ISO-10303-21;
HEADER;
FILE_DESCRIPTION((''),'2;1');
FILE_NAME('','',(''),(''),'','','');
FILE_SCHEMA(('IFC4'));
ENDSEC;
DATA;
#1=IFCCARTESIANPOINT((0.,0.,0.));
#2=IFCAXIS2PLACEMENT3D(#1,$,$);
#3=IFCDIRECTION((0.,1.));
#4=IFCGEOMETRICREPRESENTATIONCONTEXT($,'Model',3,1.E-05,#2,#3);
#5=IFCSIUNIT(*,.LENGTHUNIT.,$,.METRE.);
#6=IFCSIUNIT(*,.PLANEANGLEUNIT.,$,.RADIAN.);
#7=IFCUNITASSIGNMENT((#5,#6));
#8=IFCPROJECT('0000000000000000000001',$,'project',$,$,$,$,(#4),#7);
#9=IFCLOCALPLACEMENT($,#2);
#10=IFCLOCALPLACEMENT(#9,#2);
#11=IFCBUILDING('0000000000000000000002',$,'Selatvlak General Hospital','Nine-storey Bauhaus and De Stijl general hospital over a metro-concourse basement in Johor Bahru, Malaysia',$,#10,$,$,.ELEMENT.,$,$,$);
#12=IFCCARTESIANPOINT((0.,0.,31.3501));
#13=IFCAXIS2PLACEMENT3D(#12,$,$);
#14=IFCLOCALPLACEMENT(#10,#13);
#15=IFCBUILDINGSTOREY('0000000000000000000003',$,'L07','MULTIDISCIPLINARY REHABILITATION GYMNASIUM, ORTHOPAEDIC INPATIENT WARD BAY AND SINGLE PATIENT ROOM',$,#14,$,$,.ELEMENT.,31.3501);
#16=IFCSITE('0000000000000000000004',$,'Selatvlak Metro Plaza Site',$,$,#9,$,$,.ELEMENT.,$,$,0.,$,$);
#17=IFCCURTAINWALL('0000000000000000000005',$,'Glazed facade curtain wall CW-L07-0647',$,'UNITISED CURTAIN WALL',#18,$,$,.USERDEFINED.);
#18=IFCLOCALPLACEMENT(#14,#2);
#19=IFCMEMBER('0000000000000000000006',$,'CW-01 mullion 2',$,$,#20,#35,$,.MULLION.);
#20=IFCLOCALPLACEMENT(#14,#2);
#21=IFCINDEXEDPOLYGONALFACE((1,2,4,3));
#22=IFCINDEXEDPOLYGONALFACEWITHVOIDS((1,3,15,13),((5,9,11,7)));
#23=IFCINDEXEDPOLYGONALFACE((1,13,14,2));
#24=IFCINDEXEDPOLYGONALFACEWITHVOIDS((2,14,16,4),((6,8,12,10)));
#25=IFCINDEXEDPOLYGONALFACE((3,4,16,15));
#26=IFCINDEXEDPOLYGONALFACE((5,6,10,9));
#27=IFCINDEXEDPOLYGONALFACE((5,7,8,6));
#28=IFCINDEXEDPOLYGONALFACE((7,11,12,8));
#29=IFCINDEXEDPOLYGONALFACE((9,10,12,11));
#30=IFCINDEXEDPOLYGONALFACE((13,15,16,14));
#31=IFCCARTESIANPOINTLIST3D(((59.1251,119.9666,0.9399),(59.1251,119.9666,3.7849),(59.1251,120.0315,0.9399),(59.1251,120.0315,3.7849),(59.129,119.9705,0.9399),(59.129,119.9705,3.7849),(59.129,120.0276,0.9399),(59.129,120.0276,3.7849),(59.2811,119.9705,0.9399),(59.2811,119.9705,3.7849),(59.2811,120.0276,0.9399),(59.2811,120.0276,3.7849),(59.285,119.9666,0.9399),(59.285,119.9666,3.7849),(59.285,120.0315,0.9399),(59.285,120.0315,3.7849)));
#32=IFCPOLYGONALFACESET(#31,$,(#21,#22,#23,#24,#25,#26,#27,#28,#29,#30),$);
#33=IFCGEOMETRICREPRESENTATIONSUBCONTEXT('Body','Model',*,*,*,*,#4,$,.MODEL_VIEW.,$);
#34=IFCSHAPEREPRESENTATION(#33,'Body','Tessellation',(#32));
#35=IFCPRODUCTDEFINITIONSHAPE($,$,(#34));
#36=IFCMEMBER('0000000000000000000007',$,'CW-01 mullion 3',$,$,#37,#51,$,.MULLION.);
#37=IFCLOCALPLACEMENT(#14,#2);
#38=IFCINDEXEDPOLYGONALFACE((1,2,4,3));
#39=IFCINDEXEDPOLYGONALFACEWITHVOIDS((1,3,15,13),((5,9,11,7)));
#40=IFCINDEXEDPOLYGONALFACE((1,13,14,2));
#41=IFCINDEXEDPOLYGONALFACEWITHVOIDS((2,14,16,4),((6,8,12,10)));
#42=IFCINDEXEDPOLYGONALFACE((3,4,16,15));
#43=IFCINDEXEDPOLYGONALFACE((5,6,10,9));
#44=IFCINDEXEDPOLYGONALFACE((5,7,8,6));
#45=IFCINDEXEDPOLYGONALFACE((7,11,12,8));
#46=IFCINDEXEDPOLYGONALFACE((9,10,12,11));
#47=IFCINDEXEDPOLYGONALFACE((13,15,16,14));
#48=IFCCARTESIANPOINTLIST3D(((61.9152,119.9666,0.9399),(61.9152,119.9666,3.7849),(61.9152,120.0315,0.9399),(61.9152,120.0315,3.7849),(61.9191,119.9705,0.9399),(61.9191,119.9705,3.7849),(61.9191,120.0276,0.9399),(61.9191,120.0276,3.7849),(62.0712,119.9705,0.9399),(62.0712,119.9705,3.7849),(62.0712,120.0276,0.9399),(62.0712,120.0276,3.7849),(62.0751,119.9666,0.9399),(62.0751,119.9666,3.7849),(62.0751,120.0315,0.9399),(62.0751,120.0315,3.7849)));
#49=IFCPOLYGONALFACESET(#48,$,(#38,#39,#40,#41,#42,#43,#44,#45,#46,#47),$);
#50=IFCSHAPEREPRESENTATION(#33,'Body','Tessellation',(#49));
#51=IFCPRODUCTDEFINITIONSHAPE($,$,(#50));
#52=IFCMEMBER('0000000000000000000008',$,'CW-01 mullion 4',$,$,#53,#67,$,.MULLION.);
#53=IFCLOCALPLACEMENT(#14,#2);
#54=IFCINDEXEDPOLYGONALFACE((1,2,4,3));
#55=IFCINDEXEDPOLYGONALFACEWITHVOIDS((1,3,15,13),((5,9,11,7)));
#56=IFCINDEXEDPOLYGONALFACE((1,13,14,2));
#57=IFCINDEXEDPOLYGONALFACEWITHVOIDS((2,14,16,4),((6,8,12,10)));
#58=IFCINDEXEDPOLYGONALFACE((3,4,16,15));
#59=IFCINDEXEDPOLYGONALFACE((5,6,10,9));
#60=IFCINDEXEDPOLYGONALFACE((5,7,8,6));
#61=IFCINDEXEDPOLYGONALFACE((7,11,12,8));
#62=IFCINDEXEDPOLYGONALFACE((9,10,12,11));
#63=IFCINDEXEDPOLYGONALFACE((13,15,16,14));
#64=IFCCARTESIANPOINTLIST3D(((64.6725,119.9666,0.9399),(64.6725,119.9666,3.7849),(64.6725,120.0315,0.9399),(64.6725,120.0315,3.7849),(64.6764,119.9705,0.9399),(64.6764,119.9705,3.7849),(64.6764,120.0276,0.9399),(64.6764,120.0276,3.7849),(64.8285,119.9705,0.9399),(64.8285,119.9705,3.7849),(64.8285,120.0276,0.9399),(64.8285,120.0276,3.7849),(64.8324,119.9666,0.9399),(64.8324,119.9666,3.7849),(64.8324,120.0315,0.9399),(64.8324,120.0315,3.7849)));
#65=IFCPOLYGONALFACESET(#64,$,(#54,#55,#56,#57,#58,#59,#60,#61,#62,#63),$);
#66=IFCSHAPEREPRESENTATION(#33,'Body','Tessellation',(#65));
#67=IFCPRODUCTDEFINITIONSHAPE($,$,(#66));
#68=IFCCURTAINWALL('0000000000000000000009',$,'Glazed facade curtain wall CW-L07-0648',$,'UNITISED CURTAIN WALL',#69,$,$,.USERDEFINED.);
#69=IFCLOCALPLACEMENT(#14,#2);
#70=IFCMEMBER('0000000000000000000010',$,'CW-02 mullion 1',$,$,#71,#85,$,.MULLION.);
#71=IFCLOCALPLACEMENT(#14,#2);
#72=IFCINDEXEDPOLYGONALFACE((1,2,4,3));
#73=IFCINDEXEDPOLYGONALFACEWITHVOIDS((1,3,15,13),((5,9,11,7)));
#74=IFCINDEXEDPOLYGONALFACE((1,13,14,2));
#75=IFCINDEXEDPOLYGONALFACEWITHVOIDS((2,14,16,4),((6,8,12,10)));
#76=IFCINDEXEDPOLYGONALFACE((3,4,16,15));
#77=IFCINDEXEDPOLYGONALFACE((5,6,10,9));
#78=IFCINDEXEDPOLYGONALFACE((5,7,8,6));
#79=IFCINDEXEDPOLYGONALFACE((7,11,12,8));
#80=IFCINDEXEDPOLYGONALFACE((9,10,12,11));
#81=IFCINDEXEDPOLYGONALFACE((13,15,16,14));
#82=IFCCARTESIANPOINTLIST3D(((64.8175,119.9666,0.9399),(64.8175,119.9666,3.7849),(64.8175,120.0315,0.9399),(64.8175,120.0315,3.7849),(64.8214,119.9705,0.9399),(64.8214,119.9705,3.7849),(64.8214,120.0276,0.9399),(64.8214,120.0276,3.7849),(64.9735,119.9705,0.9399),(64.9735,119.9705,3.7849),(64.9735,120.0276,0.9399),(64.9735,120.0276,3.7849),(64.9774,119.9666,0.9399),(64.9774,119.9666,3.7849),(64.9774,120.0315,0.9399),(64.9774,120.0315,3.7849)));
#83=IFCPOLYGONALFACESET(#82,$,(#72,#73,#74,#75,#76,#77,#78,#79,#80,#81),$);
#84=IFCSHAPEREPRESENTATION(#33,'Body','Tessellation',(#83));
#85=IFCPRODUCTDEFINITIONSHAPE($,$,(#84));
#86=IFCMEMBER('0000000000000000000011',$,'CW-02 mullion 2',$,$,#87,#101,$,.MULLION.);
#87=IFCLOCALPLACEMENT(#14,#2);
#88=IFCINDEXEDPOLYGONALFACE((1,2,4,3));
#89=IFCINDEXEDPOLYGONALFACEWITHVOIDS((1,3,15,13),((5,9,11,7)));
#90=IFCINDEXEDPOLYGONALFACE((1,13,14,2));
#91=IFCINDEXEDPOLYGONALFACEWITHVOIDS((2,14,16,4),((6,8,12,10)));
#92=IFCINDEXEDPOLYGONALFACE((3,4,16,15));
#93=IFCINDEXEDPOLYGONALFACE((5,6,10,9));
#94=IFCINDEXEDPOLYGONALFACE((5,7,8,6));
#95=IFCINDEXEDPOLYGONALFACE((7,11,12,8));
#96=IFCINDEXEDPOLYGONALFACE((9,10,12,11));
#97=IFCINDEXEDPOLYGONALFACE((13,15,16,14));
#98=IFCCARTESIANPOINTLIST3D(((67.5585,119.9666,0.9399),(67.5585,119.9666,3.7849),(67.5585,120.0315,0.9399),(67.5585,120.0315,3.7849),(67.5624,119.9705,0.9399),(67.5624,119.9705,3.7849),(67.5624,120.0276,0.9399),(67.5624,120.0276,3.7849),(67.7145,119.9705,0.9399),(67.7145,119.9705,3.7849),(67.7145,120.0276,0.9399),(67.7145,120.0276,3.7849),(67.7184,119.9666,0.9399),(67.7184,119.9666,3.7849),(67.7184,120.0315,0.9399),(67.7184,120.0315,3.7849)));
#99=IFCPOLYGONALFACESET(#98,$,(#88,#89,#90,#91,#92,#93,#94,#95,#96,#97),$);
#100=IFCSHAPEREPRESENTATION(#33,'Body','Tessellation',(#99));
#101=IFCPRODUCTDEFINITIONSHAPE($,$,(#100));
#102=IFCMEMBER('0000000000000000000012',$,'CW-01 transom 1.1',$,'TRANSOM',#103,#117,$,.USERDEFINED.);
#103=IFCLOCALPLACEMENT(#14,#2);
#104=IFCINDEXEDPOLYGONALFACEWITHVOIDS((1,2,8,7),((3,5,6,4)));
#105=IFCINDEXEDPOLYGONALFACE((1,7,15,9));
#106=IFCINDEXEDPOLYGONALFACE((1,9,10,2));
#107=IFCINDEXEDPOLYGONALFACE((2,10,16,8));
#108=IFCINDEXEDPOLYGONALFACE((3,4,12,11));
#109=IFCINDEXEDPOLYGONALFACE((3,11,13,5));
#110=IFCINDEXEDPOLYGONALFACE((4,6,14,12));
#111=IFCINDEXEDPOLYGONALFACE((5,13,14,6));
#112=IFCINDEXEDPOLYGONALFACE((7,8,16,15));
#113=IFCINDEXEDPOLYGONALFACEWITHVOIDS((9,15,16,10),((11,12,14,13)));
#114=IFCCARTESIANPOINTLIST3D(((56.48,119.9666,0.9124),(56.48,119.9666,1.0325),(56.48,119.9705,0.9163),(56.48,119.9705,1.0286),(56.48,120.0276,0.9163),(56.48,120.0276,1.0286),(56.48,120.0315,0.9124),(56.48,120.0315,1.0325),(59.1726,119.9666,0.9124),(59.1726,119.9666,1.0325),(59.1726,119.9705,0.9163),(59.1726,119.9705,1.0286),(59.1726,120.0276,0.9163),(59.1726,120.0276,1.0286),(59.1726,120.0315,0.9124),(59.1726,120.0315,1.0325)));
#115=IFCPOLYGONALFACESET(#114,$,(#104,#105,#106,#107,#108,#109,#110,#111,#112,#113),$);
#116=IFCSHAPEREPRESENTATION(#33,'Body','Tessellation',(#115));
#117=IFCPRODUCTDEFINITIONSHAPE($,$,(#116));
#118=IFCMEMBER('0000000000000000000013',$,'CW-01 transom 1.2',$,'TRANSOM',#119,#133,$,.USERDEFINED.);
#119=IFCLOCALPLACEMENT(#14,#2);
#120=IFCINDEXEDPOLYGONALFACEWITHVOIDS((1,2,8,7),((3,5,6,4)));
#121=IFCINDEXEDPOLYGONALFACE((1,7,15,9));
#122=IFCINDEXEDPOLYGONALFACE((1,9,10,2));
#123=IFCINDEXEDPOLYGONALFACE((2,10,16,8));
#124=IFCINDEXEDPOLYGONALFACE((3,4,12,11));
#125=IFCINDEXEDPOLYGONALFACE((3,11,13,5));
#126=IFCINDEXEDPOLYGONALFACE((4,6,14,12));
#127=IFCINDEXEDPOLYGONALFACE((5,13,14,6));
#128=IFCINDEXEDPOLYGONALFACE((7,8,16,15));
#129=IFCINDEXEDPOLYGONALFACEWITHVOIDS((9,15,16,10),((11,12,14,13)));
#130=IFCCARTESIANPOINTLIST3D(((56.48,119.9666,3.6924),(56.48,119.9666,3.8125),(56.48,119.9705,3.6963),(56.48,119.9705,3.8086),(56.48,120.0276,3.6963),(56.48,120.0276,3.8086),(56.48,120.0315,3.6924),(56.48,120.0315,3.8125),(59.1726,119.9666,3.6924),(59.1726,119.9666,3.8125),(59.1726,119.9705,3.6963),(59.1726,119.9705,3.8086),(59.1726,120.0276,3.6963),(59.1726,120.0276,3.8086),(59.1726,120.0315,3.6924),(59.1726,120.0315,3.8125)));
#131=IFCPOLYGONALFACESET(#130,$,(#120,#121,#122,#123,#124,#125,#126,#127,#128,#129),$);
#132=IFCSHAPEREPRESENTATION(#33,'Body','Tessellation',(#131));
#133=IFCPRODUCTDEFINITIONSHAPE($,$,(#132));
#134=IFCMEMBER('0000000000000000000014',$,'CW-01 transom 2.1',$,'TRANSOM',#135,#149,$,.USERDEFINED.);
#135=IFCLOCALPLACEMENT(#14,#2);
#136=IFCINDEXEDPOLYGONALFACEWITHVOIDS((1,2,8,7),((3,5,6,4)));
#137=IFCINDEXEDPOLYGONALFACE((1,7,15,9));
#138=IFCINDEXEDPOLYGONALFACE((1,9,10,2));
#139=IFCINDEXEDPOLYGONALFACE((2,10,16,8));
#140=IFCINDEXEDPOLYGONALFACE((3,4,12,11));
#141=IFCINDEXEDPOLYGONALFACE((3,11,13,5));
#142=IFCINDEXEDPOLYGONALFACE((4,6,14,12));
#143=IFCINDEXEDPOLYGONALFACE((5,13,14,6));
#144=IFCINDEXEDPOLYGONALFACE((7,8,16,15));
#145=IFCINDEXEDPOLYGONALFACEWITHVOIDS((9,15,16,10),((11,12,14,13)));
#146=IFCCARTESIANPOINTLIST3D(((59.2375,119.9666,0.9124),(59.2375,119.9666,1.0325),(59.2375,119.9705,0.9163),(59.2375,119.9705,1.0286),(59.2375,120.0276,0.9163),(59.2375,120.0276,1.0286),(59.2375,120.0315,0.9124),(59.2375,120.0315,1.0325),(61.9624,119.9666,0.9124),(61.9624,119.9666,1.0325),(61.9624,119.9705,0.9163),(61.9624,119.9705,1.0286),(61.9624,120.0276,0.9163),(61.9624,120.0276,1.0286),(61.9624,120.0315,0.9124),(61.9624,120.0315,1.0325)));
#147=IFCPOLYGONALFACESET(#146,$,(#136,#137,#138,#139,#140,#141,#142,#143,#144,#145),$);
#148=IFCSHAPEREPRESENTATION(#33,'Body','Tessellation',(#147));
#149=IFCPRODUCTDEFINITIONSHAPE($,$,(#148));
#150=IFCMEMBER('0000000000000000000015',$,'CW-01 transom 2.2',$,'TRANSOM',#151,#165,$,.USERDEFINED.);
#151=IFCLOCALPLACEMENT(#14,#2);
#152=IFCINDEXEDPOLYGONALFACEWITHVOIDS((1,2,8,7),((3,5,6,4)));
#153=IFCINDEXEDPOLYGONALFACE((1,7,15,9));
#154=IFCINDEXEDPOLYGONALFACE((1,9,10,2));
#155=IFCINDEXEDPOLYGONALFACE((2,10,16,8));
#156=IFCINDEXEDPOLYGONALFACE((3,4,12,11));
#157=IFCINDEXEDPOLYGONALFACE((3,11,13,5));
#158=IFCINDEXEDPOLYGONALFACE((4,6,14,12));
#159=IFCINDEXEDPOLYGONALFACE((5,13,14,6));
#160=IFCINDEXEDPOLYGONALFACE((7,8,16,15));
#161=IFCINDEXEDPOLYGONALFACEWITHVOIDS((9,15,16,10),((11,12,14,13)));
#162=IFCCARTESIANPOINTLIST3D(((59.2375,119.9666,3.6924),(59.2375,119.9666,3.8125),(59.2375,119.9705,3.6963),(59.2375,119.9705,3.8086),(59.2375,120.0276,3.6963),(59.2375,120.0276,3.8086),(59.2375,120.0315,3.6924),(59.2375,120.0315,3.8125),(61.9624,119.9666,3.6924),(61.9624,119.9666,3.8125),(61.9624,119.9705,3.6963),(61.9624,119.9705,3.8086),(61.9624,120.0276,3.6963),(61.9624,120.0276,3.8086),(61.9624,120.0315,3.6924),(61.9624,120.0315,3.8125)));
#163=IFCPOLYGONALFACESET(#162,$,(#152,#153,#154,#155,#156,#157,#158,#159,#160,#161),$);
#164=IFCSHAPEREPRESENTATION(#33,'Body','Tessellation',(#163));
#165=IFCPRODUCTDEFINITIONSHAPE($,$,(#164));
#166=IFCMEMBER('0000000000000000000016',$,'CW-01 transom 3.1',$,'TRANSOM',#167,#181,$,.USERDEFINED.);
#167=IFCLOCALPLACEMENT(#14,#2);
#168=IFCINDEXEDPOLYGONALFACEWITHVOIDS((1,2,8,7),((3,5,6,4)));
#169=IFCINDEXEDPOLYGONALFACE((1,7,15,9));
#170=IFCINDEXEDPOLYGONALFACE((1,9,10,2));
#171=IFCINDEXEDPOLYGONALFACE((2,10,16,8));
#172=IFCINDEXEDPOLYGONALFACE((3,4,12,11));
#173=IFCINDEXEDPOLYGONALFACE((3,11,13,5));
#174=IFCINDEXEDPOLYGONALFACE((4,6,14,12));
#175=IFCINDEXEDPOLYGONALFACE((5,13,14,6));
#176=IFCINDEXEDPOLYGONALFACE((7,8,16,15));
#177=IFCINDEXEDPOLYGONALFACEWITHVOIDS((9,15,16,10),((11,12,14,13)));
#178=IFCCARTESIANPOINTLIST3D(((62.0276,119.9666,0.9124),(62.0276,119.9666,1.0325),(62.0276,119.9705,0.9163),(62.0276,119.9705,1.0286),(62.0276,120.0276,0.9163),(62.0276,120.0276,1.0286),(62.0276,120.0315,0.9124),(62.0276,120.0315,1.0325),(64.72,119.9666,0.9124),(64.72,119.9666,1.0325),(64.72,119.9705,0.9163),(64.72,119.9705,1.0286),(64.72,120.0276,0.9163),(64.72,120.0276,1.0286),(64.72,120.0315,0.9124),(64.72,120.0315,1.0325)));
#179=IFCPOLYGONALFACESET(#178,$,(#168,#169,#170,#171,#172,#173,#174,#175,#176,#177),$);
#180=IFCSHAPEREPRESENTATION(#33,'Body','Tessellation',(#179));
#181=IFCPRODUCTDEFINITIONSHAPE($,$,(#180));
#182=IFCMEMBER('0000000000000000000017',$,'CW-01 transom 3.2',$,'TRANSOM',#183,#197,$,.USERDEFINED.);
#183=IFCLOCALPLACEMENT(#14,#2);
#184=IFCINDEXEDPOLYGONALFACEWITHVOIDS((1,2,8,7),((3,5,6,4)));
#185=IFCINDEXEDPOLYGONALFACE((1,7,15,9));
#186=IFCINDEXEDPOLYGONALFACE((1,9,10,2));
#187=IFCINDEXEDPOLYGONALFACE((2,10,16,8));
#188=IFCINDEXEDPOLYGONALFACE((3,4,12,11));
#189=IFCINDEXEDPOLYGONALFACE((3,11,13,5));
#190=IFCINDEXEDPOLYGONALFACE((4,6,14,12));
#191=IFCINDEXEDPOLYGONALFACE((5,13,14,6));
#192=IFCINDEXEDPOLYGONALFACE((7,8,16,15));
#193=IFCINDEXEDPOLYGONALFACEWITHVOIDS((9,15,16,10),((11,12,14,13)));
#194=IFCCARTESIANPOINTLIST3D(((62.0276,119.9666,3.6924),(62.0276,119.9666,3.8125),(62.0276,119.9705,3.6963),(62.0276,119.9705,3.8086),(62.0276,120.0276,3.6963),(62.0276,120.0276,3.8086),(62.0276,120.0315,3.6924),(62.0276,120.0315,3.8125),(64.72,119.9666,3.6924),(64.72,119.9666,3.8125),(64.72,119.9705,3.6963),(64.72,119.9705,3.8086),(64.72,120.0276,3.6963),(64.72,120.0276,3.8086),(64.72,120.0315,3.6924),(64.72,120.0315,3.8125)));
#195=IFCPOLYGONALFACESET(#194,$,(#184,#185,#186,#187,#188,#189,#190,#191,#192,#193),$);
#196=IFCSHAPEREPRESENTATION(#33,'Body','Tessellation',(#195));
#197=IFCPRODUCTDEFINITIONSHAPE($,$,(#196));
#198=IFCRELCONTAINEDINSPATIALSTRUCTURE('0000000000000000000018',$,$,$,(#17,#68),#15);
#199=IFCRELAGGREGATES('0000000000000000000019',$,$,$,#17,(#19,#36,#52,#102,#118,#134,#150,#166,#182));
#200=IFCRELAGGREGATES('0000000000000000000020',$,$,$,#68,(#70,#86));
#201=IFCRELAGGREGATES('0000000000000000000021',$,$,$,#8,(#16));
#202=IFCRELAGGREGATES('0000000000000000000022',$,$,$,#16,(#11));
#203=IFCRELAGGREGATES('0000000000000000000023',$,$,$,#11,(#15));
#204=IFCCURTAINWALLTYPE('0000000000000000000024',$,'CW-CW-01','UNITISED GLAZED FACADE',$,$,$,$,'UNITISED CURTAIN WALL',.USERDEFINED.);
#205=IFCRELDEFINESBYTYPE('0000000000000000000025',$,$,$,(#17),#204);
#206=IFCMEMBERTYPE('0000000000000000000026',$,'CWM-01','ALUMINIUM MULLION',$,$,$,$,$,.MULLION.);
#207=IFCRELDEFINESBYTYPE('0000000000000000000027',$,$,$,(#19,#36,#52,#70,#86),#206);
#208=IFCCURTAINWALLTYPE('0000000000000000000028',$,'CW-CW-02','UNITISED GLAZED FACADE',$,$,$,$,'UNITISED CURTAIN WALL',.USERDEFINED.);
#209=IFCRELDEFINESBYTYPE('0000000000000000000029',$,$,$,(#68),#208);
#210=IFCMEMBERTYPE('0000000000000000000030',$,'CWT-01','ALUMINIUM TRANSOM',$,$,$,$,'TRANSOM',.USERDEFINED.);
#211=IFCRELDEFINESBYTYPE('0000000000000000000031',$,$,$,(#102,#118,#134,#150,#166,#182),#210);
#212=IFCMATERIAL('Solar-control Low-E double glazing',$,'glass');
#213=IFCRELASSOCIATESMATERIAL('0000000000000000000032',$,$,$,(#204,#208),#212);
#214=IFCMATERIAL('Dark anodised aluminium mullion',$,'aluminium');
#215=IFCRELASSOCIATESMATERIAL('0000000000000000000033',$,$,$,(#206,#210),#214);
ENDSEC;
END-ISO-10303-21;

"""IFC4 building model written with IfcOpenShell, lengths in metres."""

from ifc_helpers import new_model, si_unit, direction, frame, origin, origin_2d, place, context, subcontext, project, spatial, hollow_rectangle, extrude, material, material_profile, profile_set, type_object, element, aggregate, save


model = new_model("IFC4")

# Units and contexts
model_context = context("Model", 3, precision=1e-05, world=origin(), true_north=direction((0.0, 1.0)))
body_context = subcontext(model_context, "Body", "Model", "MODEL_VIEW")
ifc_project = project(units=[si_unit("LENGTHUNIT", "METRE"), si_unit("PLANEANGLEUNIT", "RADIAN")], contexts=[model_context])

# Site, building, storey
site_placement = place(None, origin())
site = spatial("IfcSite", under=ifc_project, at=site_placement, Name="Selatvlak Metro Plaza Site", CompositionType="ELEMENT", RefElevation=0.0)
building_placement = place(site_placement, origin())
building = spatial("IfcBuilding", under=site, at=building_placement, Name="Selatvlak General Hospital", Description="Nine-storey Bauhaus and De Stijl general hospital over a metro-concourse basement in Johor Bahru, Malaysia", CompositionType="ELEMENT")
storey_placement = place(building_placement, frame((0.0, 0.0, 31.3501)))
storey = spatial("IfcBuildingStorey", under=building, at=storey_placement, Name="L07", Description="MULTIDISCIPLINARY REHABILITATION GYMNASIUM, ORTHOPAEDIC INPATIENT WARD BAY AND SINGLE PATIENT ROOM", CompositionType="ELEMENT", Elevation=31.3501)

# Curtain walls, members
ifc_material_1 = material(Name="Solar-control Low-E double glazing", Category="glass")
curtain_wall_type_1 = type_object("IfcCurtainWallType", Name="CW-CW-01", Description="UNITISED GLAZED FACADE", ElementType="UNITISED CURTAIN WALL", PredefinedType="USERDEFINED", material=ifc_material_1)
curtain_wall_1_placement = place(storey_placement, origin())
curtain_wall_1 = element("IfcCurtainWall", 1, at=curtain_wall_1_placement, inside=storey, type_object=curtain_wall_type_1, Name="Glazed facade curtain wall CW-L07-0647", ObjectType="UNITISED CURTAIN WALL", PredefinedType="USERDEFINED")
ifc_material_2 = material(Name="Dark anodised aluminium mullion", Category="aluminium")
ifc_material_profile_1 = material_profile(ifc_material_2, hollow_rectangle(XDim=0.0649, YDim=0.1599, WallThickness=0.0039, at=origin_2d()), Name="AL-MUL 65x160x4")
ifc_profile_set_1 = profile_set([ifc_material_profile_1], Name="Dark anodised aluminium mullion")
member_type_1 = type_object("IfcMemberType", Name="CWM-01", Description="ALUMINIUM MULLION", PredefinedType="MULLION", material=ifc_profile_set_1)
member_1_placement = place(storey_placement, frame((59.2051, 119.999, 0.9399), z_axis=(0.0, 0.0, 1.0), x_axis=(0.0, 1.0, 0.0)))
member_1 = element("IfcMember", 2, at=member_1_placement, type_object=member_type_1, Name="CW-01 mullion 2", PredefinedType="MULLION", context=body_context, shape_type="SweptSolid", body=[
    extrude(hollow_rectangle(XDim=0.0649, YDim=0.1599, WallThickness=0.0039, at=origin_2d()), origin(), (0.0, 0.0, 1.0), 2.845),
])
member_2_placement = place(storey_placement, frame((61.9951, 119.999, 0.9399), z_axis=(0.0, 0.0, 1.0), x_axis=(0.0, 1.0, 0.0)))
member_2 = element("IfcMember", 3, at=member_2_placement, type_object=member_type_1, Name="CW-01 mullion 3", PredefinedType="MULLION", context=body_context, shape_type="SweptSolid", body=[
    extrude(hollow_rectangle(XDim=0.0649, YDim=0.1599, WallThickness=0.0039, at=origin_2d()), origin(), (0.0, 0.0, 1.0), 2.845),
])
member_3_placement = place(storey_placement, frame((64.7524, 119.999, 0.9399), z_axis=(0.0, 0.0, 1.0), x_axis=(0.0, 1.0, 0.0)))
member_3 = element("IfcMember", 4, at=member_3_placement, type_object=member_type_1, Name="CW-01 mullion 4", PredefinedType="MULLION", context=body_context, shape_type="SweptSolid", body=[
    extrude(hollow_rectangle(XDim=0.0649, YDim=0.1599, WallThickness=0.0039, at=origin_2d()), origin(), (0.0, 0.0, 1.0), 2.845),
])
curtain_wall_type_2 = type_object("IfcCurtainWallType", Name="CW-CW-02", Description="UNITISED GLAZED FACADE", ElementType="UNITISED CURTAIN WALL", PredefinedType="USERDEFINED", material=ifc_material_1)
curtain_wall_2_placement = place(storey_placement, origin())
curtain_wall_2 = element("IfcCurtainWall", 5, at=curtain_wall_2_placement, inside=storey, type_object=curtain_wall_type_2, Name="Glazed facade curtain wall CW-L07-0648", ObjectType="UNITISED CURTAIN WALL", PredefinedType="USERDEFINED")
member_4_placement = place(storey_placement, frame((64.8975, 119.999, 0.9399), z_axis=(0.0, 0.0, 1.0), x_axis=(0.0, 1.0, 0.0)))
member_4 = element("IfcMember", 6, at=member_4_placement, type_object=member_type_1, Name="CW-02 mullion 1", PredefinedType="MULLION", context=body_context, shape_type="SweptSolid", body=[
    extrude(hollow_rectangle(XDim=0.0649, YDim=0.1599, WallThickness=0.0039, at=origin_2d()), origin(), (0.0, 0.0, 1.0), 2.845),
])
member_5_placement = place(storey_placement, frame((67.6384, 119.999, 0.9399), z_axis=(0.0, 0.0, 1.0), x_axis=(0.0, 1.0, 0.0)))
member_5 = element("IfcMember", 7, at=member_5_placement, type_object=member_type_1, Name="CW-02 mullion 2", PredefinedType="MULLION", context=body_context, shape_type="SweptSolid", body=[
    extrude(hollow_rectangle(XDim=0.0649, YDim=0.1599, WallThickness=0.0039, at=origin_2d()), origin(), (0.0, 0.0, 1.0), 2.845),
])

# Members
ifc_material_profile_2 = material_profile(ifc_material_2, hollow_rectangle(XDim=0.0649, YDim=0.1201, WallThickness=0.0039, at=origin_2d()), Name="AL-TRN 65x120x4")
ifc_profile_set_2 = profile_set([ifc_material_profile_2], Name="Dark anodised aluminium mullion")
member_type_2 = type_object("IfcMemberType", Name="CWT-01", Description="ALUMINIUM TRANSOM", ElementType="TRANSOM", PredefinedType="USERDEFINED", material=ifc_profile_set_2)
member_6_placement = place(storey_placement, frame((56.48, 119.999, 0.9724), z_axis=(1.0, 0.0, 0.0), x_axis=(0.0, 1.0, 0.0)))
member_6 = element("IfcMember", 8, at=member_6_placement, type_object=member_type_2, Name="CW-01 transom 1.1", ObjectType="TRANSOM", PredefinedType="USERDEFINED", context=body_context, shape_type="SweptSolid", body=[
    extrude(hollow_rectangle(XDim=0.0649, YDim=0.1201, WallThickness=0.0039, at=origin_2d()), origin(), (0.0, 0.0, 1.0), 2.6926),
])
member_7_placement = place(storey_placement, frame((56.48, 119.999, 3.7524), z_axis=(1.0, 0.0, 0.0), x_axis=(0.0, 1.0, 0.0)))
member_7 = element("IfcMember", 9, at=member_7_placement, type_object=member_type_2, Name="CW-01 transom 1.2", ObjectType="TRANSOM", PredefinedType="USERDEFINED", context=body_context, shape_type="SweptSolid", body=[
    extrude(hollow_rectangle(XDim=0.0649, YDim=0.1201, WallThickness=0.0039, at=origin_2d()), origin(), (0.0, 0.0, 1.0), 2.6926),
])
member_8_placement = place(storey_placement, frame((59.2375, 119.999, 0.9724), z_axis=(1.0, 0.0, 0.0), x_axis=(0.0, 1.0, 0.0)))
member_8 = element("IfcMember", 10, at=member_8_placement, type_object=member_type_2, Name="CW-01 transom 2.1", ObjectType="TRANSOM", PredefinedType="USERDEFINED", context=body_context, shape_type="SweptSolid", body=[
    extrude(hollow_rectangle(XDim=0.0649, YDim=0.1201, WallThickness=0.0039, at=origin_2d()), origin(), (0.0, 0.0, 1.0), 2.7249),
])
member_9_placement = place(storey_placement, frame((59.2375, 119.999, 3.7524), z_axis=(1.0, 0.0, 0.0), x_axis=(0.0, 1.0, 0.0)))
member_9 = element("IfcMember", 11, at=member_9_placement, type_object=member_type_2, Name="CW-01 transom 2.2", ObjectType="TRANSOM", PredefinedType="USERDEFINED", context=body_context, shape_type="SweptSolid", body=[
    extrude(hollow_rectangle(XDim=0.0649, YDim=0.1201, WallThickness=0.0039, at=origin_2d()), origin(), (0.0, 0.0, 1.0), 2.7249),
])
member_10_placement = place(storey_placement, frame((62.0276, 119.999, 0.9724), z_axis=(1.0, 0.0, 0.0), x_axis=(0.0, 1.0, 0.0)))
member_10 = element("IfcMember", 12, at=member_10_placement, type_object=member_type_2, Name="CW-01 transom 3.1", ObjectType="TRANSOM", PredefinedType="USERDEFINED", context=body_context, shape_type="SweptSolid", body=[
    extrude(hollow_rectangle(XDim=0.0649, YDim=0.1201, WallThickness=0.0039, at=origin_2d()), origin(), (0.0, 0.0, 1.0), 2.6924),
])
member_11_placement = place(storey_placement, frame((62.0276, 119.999, 3.7524), z_axis=(1.0, 0.0, 0.0), x_axis=(0.0, 1.0, 0.0)))
member_11 = element("IfcMember", 13, at=member_11_placement, type_object=member_type_2, Name="CW-01 transom 3.2", ObjectType="TRANSOM", PredefinedType="USERDEFINED", context=body_context, shape_type="SweptSolid", body=[
    extrude(hollow_rectangle(XDim=0.0649, YDim=0.1201, WallThickness=0.0039, at=origin_2d()), origin(), (0.0, 0.0, 1.0), 2.6924),
])

aggregate(curtain_wall_1, [member_1, member_2, member_3, member_6, member_7, member_8, member_9, member_10, member_11])
aggregate(curtain_wall_2, [member_4, member_5])

save(model, "model.ifc")
